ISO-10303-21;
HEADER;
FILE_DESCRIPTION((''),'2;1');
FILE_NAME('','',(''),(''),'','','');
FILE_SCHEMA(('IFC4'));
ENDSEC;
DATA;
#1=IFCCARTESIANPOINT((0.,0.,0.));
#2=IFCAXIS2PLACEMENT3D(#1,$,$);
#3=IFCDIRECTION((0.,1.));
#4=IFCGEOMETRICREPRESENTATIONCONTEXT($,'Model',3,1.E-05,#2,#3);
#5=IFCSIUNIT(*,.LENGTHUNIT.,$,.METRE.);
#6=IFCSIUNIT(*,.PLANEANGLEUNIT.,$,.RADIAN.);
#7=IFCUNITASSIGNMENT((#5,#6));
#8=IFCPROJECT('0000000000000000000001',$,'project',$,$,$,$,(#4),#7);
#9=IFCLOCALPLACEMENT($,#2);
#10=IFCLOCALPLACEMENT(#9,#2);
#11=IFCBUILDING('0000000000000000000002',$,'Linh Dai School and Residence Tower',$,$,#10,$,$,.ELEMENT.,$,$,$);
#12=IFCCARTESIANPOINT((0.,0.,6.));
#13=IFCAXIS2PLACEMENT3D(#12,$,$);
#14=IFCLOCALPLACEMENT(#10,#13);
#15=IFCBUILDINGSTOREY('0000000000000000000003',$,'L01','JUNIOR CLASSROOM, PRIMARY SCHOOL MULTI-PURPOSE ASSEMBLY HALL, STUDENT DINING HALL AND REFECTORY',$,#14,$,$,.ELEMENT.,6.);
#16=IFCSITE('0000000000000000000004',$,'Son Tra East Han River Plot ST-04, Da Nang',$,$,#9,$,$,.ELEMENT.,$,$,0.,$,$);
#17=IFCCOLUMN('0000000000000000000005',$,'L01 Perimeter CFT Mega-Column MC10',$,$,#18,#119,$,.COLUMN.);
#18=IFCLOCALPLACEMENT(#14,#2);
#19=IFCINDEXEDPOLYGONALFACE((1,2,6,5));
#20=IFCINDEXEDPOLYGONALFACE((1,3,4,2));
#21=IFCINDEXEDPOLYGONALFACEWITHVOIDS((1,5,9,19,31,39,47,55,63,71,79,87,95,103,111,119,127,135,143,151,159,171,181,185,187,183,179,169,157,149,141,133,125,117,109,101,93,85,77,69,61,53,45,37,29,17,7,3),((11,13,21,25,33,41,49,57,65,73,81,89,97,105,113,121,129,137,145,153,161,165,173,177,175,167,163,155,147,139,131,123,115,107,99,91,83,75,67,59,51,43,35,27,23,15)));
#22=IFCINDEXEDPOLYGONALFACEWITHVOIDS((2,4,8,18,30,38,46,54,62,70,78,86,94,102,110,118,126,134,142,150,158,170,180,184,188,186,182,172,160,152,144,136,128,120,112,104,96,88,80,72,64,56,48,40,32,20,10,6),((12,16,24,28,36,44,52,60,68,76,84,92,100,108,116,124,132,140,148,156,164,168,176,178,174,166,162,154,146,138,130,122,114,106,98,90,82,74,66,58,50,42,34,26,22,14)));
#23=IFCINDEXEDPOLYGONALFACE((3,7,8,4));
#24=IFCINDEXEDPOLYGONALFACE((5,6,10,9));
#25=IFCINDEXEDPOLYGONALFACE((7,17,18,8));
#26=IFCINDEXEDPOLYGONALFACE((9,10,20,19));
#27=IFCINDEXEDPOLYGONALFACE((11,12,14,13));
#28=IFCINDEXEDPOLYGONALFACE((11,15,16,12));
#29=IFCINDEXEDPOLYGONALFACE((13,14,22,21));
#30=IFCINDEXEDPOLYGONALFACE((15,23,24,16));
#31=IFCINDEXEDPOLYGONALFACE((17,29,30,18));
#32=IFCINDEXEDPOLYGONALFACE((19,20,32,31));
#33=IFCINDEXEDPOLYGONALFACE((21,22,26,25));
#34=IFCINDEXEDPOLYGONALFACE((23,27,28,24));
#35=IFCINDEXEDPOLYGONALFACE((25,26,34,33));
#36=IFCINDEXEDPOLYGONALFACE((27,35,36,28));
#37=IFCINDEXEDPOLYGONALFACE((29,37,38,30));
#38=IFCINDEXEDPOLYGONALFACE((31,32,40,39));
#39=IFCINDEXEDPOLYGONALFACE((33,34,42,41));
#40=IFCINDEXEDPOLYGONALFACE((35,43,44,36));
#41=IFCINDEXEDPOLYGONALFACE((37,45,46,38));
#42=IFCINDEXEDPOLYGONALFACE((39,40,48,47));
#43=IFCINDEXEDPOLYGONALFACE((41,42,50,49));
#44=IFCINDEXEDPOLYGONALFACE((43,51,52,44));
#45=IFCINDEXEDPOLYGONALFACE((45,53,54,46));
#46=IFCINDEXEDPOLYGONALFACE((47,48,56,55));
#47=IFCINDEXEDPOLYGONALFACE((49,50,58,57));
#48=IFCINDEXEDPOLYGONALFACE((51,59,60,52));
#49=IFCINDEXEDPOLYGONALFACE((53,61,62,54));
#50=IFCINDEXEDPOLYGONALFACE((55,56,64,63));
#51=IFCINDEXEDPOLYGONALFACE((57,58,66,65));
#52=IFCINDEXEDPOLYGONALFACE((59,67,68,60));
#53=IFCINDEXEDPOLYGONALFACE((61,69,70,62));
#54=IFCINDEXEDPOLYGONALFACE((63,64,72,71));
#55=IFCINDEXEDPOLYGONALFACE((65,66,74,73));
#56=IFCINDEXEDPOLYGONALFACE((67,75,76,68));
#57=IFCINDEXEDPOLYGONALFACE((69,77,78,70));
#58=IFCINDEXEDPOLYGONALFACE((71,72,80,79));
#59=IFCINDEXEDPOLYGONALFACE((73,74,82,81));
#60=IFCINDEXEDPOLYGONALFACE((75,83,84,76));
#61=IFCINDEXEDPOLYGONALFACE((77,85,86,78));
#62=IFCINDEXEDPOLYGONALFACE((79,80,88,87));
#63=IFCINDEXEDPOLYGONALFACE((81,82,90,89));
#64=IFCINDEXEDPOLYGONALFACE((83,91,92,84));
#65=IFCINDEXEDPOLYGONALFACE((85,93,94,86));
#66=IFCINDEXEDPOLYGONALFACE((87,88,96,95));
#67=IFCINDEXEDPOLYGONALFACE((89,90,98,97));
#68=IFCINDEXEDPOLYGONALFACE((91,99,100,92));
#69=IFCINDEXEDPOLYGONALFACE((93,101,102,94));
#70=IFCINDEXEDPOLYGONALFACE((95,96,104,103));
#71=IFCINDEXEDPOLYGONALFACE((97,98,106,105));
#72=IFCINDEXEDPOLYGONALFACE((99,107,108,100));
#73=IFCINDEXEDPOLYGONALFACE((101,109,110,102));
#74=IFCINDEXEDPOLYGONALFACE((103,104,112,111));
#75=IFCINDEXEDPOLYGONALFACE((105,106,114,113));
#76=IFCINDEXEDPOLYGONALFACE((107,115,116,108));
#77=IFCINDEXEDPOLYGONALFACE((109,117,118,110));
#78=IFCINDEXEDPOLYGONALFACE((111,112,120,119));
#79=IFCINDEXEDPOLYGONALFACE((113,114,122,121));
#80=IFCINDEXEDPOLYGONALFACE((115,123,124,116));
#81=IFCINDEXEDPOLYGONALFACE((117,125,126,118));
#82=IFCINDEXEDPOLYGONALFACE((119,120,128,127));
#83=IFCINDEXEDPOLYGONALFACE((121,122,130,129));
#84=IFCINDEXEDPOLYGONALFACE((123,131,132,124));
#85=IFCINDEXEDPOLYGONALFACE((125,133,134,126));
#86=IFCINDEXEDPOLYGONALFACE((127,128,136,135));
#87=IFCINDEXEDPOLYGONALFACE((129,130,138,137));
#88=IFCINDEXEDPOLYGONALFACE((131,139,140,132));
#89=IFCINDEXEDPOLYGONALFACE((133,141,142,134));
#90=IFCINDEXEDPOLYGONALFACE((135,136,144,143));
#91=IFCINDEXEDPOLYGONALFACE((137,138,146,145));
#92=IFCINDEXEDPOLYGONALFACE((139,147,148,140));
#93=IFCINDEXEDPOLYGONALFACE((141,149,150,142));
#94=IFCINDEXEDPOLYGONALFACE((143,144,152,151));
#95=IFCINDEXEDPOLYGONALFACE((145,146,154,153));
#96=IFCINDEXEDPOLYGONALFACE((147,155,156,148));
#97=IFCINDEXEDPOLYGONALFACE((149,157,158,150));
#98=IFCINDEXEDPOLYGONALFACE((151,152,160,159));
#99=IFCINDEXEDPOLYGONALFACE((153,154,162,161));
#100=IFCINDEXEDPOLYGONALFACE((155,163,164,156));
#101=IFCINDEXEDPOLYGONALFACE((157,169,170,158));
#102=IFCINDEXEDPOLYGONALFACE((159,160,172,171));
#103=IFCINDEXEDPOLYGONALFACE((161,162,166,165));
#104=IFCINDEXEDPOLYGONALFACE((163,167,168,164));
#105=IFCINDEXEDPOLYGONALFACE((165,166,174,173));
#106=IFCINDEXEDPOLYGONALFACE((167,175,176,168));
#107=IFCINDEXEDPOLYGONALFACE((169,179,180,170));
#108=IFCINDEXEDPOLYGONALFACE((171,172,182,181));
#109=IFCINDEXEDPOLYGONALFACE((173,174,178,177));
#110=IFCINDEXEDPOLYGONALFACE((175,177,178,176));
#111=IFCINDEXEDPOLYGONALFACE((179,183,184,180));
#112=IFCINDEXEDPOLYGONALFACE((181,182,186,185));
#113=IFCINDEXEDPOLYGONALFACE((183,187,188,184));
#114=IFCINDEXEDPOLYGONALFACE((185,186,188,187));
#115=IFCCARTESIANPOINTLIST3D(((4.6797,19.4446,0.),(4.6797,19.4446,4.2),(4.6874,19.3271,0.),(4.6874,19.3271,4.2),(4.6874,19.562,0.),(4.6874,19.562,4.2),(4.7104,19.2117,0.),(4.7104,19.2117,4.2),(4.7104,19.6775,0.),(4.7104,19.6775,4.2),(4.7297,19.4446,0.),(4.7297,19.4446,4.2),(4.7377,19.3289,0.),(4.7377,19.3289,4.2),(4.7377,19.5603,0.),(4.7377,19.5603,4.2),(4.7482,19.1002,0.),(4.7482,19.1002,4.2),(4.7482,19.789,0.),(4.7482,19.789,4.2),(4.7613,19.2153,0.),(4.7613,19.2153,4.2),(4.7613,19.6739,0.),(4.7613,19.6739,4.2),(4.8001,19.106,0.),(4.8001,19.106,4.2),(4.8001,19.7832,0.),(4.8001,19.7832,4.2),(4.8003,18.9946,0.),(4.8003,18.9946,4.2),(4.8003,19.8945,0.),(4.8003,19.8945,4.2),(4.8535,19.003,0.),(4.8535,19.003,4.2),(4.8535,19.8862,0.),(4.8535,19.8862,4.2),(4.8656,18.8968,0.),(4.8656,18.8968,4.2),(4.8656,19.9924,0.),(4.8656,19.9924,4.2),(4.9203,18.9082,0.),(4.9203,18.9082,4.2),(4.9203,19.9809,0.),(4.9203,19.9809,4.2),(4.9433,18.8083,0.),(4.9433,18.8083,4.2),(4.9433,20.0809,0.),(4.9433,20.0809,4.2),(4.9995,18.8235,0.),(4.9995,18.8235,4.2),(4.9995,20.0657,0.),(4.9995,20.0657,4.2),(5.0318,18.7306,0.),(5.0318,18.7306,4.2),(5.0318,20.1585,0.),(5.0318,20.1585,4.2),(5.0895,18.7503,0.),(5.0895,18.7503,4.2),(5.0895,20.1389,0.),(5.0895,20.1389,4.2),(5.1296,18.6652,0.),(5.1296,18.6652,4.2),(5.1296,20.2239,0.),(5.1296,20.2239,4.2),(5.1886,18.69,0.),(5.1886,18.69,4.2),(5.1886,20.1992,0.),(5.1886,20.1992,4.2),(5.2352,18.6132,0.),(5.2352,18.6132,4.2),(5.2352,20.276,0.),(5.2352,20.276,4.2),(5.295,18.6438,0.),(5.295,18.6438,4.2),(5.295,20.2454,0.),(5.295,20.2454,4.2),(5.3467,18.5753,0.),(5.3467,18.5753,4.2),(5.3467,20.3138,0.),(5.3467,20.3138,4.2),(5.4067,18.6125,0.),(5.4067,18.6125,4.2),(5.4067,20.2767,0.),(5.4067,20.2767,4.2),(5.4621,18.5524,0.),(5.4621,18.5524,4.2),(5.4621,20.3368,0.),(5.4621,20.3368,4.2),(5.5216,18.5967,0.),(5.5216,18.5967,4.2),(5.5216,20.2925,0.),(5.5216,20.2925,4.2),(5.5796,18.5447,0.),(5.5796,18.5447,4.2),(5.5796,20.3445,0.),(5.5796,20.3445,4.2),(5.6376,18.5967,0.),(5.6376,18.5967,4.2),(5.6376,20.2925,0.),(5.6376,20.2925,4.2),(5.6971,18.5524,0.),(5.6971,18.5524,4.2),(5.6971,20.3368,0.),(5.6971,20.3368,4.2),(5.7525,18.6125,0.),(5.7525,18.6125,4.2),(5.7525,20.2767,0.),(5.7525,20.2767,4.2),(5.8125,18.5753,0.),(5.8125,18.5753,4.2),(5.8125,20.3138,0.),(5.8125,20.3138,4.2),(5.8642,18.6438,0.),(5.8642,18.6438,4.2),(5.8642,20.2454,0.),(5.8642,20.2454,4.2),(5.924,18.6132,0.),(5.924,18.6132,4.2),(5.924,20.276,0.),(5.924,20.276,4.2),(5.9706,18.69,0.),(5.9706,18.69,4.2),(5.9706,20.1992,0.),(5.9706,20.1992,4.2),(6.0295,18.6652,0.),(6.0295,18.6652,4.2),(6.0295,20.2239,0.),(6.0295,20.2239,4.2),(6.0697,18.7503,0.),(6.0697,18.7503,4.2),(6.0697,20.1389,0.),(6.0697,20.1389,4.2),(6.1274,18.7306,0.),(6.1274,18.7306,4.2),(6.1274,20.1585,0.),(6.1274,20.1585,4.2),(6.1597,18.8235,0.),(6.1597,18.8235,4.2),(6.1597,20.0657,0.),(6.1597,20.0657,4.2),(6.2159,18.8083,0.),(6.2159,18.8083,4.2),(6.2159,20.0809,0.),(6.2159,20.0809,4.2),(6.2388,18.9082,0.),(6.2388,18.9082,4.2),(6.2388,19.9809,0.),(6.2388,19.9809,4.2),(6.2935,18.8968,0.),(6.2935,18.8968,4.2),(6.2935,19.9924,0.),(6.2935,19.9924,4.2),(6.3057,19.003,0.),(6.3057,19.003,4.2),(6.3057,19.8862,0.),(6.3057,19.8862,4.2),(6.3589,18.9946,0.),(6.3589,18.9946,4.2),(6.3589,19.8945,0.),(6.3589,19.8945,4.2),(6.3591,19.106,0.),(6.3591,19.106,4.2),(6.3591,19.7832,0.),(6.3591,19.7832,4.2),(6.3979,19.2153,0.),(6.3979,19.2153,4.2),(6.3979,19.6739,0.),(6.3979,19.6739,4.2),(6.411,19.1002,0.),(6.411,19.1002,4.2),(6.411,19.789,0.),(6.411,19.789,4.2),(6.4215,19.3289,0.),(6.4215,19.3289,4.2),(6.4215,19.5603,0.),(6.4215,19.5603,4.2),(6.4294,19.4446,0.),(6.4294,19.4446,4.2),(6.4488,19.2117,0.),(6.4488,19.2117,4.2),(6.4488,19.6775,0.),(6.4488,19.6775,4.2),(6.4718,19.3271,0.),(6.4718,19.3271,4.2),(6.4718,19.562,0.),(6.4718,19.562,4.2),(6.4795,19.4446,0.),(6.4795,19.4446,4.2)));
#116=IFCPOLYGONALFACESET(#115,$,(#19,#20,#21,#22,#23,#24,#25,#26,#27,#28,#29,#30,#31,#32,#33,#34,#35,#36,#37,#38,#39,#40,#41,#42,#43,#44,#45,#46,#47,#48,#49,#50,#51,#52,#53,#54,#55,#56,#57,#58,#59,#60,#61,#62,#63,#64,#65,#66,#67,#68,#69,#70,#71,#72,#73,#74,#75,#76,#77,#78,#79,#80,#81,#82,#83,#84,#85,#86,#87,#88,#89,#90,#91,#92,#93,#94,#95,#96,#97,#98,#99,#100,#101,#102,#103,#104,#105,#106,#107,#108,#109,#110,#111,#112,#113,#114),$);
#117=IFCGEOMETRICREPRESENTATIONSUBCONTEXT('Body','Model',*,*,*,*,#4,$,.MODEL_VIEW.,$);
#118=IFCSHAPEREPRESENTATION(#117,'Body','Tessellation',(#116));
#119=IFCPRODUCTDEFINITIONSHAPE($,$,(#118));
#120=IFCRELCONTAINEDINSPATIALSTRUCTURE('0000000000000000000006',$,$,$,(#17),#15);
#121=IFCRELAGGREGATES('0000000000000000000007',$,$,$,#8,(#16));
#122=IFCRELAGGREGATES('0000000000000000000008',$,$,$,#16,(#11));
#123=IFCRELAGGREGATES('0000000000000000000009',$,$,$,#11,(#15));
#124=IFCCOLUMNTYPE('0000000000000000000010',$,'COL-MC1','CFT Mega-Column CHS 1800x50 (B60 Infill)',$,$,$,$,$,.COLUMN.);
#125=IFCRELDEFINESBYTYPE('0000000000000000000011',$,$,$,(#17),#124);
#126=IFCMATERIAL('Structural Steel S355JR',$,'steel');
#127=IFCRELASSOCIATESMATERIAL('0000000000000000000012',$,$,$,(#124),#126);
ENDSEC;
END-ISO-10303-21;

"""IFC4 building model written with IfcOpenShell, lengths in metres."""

from ifc_helpers import new_model, si_unit, direction, frame, origin, origin_2d, place, context, subcontext, project, spatial, hollow_circle, extrude, material, material_profile, profile_set, type_object, element, save


model = new_model("IFC4")

# Units and contexts
model_context = context("Model", 3, precision=1e-05, world=origin(), true_north=direction((0.0, 1.0)))
body_context = subcontext(model_context, "Body", "Model", "MODEL_VIEW")
ifc_project = project(units=[si_unit("LENGTHUNIT", "METRE"), si_unit("PLANEANGLEUNIT", "RADIAN")], contexts=[model_context])

# Site, building, storey
site_placement = place(None, origin())
site = spatial("IfcSite", under=ifc_project, at=site_placement, Name="Son Tra East Han River Plot ST-04, Da Nang", CompositionType="ELEMENT", RefElevation=0.0)
building_placement = place(site_placement, origin())
building = spatial("IfcBuilding", under=site, at=building_placement, Name="Linh Dai School and Residence Tower", CompositionType="ELEMENT")
storey_placement = place(building_placement, frame((0.0, 0.0, 6.0)))
storey = spatial("IfcBuildingStorey", under=building, at=storey_placement, Name="L01", Description="JUNIOR CLASSROOM, PRIMARY SCHOOL MULTI-PURPOSE ASSEMBLY HALL, STUDENT DINING HALL AND REFECTORY", CompositionType="ELEMENT", Elevation=6.0)

# Column
ifc_material_1 = material(Name="Structural Steel S355JR", Category="steel")
ifc_material_profile_1 = material_profile(ifc_material_1, hollow_circle(Radius=0.8999, WallThickness=0.05, at=origin_2d()), Name="CHS 1800x50")
ifc_profile_set_1 = profile_set([ifc_material_profile_1], Name="Structural Steel S355JR")
column_type = type_object("IfcColumnType", Name="COL-MC1", Description="CFT Mega-Column CHS 1800x50 (B60 Infill)", PredefinedType="COLUMN", material=ifc_profile_set_1)
for number, where, z_axis, x_axis, name in (
    (1, (5.5796, 19.4446, 0.0), (0.0, 0.0, 1.0), (1.0, 0.0, 0.0), "L01 Perimeter CFT Mega-Column MC10"),
):
    element("IfcColumn", number, at=place(storey_placement, frame(where, z_axis=z_axis, x_axis=x_axis)), inside=storey, type_object=column_type, Name=name, PredefinedType="COLUMN", context=body_context, shape_type="SweptSolid", body=[
        extrude(hollow_circle(Radius=0.8999, WallThickness=0.05, at=origin_2d()), origin(), (0.0, 0.0, 1.0), 4.2),
    ])

save(model, "model.ifc")
